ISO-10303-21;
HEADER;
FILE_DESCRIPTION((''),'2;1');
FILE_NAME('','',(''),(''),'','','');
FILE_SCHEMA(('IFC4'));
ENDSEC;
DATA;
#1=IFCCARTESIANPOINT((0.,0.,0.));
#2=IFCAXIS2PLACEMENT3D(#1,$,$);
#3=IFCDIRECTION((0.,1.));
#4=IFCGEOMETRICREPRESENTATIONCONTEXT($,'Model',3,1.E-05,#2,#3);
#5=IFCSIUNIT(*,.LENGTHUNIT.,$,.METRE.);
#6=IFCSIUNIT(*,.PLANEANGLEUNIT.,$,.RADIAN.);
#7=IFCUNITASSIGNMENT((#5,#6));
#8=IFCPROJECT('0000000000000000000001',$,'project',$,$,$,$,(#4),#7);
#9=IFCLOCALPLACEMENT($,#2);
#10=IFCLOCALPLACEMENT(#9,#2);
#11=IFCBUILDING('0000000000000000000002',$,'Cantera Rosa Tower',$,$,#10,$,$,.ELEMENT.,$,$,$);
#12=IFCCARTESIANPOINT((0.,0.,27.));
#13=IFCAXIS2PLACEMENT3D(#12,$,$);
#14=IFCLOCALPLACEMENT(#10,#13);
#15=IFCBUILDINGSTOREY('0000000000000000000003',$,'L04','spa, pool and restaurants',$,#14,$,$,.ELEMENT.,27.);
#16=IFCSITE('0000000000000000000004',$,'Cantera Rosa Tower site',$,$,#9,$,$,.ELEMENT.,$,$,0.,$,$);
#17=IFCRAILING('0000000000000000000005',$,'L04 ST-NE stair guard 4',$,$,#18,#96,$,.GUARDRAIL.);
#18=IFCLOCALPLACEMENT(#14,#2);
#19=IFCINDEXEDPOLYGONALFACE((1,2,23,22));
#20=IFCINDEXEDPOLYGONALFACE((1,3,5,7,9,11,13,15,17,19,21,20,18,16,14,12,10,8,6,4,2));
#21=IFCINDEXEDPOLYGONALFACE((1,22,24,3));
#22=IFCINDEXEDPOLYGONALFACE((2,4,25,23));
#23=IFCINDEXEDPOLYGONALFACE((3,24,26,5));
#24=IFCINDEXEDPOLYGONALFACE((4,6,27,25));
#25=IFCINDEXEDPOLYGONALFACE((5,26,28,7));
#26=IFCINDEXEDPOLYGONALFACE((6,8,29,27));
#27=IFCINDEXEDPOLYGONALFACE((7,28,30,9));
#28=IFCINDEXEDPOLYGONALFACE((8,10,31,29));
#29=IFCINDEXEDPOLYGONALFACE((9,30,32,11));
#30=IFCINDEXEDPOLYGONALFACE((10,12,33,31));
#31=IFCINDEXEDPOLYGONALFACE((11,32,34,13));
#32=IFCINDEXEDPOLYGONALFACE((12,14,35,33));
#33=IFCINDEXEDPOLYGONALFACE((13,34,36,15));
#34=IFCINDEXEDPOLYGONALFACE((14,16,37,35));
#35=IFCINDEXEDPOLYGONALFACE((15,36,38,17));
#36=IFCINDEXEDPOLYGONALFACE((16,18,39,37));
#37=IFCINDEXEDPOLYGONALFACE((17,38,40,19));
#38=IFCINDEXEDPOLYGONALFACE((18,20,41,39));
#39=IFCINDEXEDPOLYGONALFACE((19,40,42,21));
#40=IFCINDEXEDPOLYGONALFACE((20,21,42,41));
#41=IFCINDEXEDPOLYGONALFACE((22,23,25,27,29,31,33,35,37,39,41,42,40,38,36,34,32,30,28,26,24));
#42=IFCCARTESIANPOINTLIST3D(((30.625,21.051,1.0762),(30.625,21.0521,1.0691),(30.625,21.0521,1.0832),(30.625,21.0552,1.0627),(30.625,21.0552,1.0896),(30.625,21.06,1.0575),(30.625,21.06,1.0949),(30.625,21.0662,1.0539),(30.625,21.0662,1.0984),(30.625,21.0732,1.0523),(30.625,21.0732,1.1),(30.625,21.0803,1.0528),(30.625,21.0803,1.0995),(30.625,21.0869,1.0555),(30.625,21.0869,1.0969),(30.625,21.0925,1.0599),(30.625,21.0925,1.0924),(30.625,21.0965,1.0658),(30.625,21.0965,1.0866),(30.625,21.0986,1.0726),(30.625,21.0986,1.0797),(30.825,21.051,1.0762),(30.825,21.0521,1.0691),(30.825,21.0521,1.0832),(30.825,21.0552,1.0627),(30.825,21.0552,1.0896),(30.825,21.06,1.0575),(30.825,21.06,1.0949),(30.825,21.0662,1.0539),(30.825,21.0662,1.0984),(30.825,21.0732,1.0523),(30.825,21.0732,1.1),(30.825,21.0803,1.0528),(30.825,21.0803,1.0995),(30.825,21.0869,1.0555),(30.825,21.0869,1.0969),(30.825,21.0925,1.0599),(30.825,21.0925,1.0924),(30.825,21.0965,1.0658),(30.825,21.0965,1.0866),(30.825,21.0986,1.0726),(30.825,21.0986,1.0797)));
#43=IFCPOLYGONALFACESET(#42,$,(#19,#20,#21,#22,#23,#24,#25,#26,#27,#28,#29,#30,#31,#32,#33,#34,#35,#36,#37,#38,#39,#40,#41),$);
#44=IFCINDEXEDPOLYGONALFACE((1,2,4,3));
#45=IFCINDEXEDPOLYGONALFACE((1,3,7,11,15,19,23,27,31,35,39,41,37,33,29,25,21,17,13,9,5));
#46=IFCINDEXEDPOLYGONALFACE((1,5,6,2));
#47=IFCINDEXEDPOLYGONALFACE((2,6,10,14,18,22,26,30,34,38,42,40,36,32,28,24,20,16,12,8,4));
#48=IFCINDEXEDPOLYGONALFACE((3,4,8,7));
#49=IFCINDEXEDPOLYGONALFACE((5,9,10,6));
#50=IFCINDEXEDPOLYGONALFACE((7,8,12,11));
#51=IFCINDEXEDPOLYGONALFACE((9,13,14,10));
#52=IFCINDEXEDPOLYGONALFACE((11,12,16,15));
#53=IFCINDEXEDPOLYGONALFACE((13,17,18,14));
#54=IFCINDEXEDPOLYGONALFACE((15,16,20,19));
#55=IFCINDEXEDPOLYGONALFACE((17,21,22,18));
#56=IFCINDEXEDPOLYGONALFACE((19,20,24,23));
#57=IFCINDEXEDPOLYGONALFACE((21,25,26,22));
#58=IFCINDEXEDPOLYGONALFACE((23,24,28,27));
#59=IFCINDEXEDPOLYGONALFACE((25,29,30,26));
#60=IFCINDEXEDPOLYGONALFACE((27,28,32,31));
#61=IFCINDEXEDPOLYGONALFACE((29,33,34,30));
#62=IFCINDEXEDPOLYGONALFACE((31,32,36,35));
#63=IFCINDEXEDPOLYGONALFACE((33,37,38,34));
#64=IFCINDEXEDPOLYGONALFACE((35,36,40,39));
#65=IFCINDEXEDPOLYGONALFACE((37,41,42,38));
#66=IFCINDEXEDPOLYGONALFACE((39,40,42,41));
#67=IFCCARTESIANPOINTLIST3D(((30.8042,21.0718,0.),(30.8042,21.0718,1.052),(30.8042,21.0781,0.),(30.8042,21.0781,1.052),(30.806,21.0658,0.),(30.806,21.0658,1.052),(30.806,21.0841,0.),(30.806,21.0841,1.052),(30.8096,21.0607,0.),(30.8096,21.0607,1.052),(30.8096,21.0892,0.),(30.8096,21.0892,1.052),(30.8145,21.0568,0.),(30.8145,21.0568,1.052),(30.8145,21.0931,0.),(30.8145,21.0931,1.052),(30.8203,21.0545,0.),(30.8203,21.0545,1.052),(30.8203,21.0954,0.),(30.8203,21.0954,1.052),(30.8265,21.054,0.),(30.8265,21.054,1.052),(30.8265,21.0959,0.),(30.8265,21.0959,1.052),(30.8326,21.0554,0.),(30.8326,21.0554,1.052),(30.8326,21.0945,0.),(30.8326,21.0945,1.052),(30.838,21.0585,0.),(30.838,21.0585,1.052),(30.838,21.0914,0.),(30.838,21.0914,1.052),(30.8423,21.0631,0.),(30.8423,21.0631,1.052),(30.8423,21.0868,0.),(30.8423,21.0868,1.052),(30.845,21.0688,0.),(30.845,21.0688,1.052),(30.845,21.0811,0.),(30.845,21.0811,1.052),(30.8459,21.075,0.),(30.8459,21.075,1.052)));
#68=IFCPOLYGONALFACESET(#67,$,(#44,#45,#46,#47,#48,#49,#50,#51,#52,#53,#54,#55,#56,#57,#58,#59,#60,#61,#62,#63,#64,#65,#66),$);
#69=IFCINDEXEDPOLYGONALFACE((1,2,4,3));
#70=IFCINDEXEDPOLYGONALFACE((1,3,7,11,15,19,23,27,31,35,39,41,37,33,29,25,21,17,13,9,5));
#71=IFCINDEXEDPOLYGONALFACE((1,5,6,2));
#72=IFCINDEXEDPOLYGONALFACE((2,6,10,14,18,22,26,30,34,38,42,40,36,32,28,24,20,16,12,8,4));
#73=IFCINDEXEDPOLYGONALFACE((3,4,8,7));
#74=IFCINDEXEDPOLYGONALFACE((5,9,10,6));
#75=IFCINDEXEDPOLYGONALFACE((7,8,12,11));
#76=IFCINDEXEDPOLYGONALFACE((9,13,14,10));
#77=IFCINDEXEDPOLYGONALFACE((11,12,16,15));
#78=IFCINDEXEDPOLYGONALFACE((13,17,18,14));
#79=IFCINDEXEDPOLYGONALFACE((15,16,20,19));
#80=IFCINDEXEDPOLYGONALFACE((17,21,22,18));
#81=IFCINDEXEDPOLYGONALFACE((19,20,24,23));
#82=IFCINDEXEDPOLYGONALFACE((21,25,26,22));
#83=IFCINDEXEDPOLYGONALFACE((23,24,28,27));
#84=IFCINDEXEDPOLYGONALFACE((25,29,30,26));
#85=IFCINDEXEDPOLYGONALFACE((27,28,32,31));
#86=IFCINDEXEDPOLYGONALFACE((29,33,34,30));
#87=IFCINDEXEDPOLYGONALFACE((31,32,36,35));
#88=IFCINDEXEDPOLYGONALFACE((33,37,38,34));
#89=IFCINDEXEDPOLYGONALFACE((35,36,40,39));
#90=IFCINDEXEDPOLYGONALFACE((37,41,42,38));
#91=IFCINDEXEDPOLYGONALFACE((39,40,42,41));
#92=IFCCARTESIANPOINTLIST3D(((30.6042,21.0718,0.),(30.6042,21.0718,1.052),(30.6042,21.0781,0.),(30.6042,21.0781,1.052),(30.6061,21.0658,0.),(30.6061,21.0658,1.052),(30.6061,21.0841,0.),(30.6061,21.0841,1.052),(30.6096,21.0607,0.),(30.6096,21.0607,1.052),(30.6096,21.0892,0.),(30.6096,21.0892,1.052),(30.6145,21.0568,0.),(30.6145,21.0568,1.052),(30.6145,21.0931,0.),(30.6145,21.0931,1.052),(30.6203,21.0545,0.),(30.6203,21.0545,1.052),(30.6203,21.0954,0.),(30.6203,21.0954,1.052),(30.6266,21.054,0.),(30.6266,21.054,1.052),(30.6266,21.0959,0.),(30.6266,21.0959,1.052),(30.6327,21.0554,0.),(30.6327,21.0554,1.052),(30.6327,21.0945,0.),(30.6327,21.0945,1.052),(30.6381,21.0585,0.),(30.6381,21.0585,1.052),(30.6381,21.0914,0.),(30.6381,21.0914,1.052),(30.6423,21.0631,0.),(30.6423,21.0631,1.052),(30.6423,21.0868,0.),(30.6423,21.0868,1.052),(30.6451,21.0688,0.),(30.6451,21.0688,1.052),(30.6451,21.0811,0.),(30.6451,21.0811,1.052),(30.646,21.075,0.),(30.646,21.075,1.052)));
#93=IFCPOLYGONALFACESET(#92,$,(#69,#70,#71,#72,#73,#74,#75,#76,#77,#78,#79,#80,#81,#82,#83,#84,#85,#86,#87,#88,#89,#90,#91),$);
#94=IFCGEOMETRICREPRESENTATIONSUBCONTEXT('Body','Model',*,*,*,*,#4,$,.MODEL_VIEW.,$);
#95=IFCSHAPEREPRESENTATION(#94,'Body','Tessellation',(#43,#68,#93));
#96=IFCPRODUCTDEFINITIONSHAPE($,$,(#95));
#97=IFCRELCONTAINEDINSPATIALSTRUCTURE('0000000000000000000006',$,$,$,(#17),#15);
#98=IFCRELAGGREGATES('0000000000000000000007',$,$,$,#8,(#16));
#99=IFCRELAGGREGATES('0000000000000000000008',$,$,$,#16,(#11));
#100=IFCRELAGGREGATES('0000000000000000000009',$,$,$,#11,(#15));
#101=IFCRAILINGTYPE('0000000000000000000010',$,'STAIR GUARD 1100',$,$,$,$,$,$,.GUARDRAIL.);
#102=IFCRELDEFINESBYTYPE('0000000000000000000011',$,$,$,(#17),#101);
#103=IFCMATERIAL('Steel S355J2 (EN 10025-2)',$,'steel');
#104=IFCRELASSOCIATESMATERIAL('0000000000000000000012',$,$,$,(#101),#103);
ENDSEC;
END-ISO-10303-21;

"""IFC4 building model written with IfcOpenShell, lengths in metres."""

from ifc_helpers import new_model, si_unit, direction, frame, origin, origin_2d, place, context, subcontext, project, spatial, circle, extrude, material, type_object, element, save


model = new_model("IFC4")

# Units and contexts
model_context = context("Model", 3, precision=1e-05, world=origin(), true_north=direction((0.0, 1.0)))
body_context = subcontext(model_context, "Body", "Model", "MODEL_VIEW")
ifc_project = project(units=[si_unit("LENGTHUNIT", "METRE"), si_unit("PLANEANGLEUNIT", "RADIAN")], contexts=[model_context])

# Site, building, storey
site_placement = place(None, origin())
site = spatial("IfcSite", under=ifc_project, at=site_placement, Name="Cantera Rosa Tower site", CompositionType="ELEMENT", RefElevation=0.0)
building_placement = place(site_placement, origin())
building = spatial("IfcBuilding", under=site, at=building_placement, Name="Cantera Rosa Tower", CompositionType="ELEMENT")
storey_placement = place(building_placement, frame((0.0, 0.0, 27.0)))
storey = spatial("IfcBuildingStorey", under=building, at=storey_placement, Name="L04", Description="spa, pool and restaurants", CompositionType="ELEMENT", Elevation=27.0)

# Railing
ifc_material_1 = material(Name="Steel S355J2 (EN 10025-2)", Category="steel")
railing_type_1 = type_object("IfcRailingType", Name="STAIR GUARD 1100", PredefinedType="GUARDRAIL", material=ifc_material_1)
railing_1_placement = place(storey_placement, frame((30.825, 21.075, 0.0)))
element("IfcRailing", 1, at=railing_1_placement, inside=storey, type_object=railing_type_1, Name="L04 ST-NE stair guard 4", PredefinedType="GUARDRAIL", context=body_context, shape_type="SweptSolid", body=[
    extrude(circle(Radius=0.0239, at=origin_2d()), frame((0.0, 0.0, 1.0762), z_axis=(-1.0, 0.0, 0.0), x_axis=(0.0, -1.0, 0.0)), (0.0, 0.0, 1.0), 0.2),
    extrude(circle(Radius=0.021, at=origin_2d()), origin(), (0.0, 0.0, 1.0), 1.052),
    extrude(circle(Radius=0.021, at=origin_2d()), frame((-0.2, 0.0, 0.0)), (0.0, 0.0, 1.0), 1.052),
])

save(model, "model.ifc")
